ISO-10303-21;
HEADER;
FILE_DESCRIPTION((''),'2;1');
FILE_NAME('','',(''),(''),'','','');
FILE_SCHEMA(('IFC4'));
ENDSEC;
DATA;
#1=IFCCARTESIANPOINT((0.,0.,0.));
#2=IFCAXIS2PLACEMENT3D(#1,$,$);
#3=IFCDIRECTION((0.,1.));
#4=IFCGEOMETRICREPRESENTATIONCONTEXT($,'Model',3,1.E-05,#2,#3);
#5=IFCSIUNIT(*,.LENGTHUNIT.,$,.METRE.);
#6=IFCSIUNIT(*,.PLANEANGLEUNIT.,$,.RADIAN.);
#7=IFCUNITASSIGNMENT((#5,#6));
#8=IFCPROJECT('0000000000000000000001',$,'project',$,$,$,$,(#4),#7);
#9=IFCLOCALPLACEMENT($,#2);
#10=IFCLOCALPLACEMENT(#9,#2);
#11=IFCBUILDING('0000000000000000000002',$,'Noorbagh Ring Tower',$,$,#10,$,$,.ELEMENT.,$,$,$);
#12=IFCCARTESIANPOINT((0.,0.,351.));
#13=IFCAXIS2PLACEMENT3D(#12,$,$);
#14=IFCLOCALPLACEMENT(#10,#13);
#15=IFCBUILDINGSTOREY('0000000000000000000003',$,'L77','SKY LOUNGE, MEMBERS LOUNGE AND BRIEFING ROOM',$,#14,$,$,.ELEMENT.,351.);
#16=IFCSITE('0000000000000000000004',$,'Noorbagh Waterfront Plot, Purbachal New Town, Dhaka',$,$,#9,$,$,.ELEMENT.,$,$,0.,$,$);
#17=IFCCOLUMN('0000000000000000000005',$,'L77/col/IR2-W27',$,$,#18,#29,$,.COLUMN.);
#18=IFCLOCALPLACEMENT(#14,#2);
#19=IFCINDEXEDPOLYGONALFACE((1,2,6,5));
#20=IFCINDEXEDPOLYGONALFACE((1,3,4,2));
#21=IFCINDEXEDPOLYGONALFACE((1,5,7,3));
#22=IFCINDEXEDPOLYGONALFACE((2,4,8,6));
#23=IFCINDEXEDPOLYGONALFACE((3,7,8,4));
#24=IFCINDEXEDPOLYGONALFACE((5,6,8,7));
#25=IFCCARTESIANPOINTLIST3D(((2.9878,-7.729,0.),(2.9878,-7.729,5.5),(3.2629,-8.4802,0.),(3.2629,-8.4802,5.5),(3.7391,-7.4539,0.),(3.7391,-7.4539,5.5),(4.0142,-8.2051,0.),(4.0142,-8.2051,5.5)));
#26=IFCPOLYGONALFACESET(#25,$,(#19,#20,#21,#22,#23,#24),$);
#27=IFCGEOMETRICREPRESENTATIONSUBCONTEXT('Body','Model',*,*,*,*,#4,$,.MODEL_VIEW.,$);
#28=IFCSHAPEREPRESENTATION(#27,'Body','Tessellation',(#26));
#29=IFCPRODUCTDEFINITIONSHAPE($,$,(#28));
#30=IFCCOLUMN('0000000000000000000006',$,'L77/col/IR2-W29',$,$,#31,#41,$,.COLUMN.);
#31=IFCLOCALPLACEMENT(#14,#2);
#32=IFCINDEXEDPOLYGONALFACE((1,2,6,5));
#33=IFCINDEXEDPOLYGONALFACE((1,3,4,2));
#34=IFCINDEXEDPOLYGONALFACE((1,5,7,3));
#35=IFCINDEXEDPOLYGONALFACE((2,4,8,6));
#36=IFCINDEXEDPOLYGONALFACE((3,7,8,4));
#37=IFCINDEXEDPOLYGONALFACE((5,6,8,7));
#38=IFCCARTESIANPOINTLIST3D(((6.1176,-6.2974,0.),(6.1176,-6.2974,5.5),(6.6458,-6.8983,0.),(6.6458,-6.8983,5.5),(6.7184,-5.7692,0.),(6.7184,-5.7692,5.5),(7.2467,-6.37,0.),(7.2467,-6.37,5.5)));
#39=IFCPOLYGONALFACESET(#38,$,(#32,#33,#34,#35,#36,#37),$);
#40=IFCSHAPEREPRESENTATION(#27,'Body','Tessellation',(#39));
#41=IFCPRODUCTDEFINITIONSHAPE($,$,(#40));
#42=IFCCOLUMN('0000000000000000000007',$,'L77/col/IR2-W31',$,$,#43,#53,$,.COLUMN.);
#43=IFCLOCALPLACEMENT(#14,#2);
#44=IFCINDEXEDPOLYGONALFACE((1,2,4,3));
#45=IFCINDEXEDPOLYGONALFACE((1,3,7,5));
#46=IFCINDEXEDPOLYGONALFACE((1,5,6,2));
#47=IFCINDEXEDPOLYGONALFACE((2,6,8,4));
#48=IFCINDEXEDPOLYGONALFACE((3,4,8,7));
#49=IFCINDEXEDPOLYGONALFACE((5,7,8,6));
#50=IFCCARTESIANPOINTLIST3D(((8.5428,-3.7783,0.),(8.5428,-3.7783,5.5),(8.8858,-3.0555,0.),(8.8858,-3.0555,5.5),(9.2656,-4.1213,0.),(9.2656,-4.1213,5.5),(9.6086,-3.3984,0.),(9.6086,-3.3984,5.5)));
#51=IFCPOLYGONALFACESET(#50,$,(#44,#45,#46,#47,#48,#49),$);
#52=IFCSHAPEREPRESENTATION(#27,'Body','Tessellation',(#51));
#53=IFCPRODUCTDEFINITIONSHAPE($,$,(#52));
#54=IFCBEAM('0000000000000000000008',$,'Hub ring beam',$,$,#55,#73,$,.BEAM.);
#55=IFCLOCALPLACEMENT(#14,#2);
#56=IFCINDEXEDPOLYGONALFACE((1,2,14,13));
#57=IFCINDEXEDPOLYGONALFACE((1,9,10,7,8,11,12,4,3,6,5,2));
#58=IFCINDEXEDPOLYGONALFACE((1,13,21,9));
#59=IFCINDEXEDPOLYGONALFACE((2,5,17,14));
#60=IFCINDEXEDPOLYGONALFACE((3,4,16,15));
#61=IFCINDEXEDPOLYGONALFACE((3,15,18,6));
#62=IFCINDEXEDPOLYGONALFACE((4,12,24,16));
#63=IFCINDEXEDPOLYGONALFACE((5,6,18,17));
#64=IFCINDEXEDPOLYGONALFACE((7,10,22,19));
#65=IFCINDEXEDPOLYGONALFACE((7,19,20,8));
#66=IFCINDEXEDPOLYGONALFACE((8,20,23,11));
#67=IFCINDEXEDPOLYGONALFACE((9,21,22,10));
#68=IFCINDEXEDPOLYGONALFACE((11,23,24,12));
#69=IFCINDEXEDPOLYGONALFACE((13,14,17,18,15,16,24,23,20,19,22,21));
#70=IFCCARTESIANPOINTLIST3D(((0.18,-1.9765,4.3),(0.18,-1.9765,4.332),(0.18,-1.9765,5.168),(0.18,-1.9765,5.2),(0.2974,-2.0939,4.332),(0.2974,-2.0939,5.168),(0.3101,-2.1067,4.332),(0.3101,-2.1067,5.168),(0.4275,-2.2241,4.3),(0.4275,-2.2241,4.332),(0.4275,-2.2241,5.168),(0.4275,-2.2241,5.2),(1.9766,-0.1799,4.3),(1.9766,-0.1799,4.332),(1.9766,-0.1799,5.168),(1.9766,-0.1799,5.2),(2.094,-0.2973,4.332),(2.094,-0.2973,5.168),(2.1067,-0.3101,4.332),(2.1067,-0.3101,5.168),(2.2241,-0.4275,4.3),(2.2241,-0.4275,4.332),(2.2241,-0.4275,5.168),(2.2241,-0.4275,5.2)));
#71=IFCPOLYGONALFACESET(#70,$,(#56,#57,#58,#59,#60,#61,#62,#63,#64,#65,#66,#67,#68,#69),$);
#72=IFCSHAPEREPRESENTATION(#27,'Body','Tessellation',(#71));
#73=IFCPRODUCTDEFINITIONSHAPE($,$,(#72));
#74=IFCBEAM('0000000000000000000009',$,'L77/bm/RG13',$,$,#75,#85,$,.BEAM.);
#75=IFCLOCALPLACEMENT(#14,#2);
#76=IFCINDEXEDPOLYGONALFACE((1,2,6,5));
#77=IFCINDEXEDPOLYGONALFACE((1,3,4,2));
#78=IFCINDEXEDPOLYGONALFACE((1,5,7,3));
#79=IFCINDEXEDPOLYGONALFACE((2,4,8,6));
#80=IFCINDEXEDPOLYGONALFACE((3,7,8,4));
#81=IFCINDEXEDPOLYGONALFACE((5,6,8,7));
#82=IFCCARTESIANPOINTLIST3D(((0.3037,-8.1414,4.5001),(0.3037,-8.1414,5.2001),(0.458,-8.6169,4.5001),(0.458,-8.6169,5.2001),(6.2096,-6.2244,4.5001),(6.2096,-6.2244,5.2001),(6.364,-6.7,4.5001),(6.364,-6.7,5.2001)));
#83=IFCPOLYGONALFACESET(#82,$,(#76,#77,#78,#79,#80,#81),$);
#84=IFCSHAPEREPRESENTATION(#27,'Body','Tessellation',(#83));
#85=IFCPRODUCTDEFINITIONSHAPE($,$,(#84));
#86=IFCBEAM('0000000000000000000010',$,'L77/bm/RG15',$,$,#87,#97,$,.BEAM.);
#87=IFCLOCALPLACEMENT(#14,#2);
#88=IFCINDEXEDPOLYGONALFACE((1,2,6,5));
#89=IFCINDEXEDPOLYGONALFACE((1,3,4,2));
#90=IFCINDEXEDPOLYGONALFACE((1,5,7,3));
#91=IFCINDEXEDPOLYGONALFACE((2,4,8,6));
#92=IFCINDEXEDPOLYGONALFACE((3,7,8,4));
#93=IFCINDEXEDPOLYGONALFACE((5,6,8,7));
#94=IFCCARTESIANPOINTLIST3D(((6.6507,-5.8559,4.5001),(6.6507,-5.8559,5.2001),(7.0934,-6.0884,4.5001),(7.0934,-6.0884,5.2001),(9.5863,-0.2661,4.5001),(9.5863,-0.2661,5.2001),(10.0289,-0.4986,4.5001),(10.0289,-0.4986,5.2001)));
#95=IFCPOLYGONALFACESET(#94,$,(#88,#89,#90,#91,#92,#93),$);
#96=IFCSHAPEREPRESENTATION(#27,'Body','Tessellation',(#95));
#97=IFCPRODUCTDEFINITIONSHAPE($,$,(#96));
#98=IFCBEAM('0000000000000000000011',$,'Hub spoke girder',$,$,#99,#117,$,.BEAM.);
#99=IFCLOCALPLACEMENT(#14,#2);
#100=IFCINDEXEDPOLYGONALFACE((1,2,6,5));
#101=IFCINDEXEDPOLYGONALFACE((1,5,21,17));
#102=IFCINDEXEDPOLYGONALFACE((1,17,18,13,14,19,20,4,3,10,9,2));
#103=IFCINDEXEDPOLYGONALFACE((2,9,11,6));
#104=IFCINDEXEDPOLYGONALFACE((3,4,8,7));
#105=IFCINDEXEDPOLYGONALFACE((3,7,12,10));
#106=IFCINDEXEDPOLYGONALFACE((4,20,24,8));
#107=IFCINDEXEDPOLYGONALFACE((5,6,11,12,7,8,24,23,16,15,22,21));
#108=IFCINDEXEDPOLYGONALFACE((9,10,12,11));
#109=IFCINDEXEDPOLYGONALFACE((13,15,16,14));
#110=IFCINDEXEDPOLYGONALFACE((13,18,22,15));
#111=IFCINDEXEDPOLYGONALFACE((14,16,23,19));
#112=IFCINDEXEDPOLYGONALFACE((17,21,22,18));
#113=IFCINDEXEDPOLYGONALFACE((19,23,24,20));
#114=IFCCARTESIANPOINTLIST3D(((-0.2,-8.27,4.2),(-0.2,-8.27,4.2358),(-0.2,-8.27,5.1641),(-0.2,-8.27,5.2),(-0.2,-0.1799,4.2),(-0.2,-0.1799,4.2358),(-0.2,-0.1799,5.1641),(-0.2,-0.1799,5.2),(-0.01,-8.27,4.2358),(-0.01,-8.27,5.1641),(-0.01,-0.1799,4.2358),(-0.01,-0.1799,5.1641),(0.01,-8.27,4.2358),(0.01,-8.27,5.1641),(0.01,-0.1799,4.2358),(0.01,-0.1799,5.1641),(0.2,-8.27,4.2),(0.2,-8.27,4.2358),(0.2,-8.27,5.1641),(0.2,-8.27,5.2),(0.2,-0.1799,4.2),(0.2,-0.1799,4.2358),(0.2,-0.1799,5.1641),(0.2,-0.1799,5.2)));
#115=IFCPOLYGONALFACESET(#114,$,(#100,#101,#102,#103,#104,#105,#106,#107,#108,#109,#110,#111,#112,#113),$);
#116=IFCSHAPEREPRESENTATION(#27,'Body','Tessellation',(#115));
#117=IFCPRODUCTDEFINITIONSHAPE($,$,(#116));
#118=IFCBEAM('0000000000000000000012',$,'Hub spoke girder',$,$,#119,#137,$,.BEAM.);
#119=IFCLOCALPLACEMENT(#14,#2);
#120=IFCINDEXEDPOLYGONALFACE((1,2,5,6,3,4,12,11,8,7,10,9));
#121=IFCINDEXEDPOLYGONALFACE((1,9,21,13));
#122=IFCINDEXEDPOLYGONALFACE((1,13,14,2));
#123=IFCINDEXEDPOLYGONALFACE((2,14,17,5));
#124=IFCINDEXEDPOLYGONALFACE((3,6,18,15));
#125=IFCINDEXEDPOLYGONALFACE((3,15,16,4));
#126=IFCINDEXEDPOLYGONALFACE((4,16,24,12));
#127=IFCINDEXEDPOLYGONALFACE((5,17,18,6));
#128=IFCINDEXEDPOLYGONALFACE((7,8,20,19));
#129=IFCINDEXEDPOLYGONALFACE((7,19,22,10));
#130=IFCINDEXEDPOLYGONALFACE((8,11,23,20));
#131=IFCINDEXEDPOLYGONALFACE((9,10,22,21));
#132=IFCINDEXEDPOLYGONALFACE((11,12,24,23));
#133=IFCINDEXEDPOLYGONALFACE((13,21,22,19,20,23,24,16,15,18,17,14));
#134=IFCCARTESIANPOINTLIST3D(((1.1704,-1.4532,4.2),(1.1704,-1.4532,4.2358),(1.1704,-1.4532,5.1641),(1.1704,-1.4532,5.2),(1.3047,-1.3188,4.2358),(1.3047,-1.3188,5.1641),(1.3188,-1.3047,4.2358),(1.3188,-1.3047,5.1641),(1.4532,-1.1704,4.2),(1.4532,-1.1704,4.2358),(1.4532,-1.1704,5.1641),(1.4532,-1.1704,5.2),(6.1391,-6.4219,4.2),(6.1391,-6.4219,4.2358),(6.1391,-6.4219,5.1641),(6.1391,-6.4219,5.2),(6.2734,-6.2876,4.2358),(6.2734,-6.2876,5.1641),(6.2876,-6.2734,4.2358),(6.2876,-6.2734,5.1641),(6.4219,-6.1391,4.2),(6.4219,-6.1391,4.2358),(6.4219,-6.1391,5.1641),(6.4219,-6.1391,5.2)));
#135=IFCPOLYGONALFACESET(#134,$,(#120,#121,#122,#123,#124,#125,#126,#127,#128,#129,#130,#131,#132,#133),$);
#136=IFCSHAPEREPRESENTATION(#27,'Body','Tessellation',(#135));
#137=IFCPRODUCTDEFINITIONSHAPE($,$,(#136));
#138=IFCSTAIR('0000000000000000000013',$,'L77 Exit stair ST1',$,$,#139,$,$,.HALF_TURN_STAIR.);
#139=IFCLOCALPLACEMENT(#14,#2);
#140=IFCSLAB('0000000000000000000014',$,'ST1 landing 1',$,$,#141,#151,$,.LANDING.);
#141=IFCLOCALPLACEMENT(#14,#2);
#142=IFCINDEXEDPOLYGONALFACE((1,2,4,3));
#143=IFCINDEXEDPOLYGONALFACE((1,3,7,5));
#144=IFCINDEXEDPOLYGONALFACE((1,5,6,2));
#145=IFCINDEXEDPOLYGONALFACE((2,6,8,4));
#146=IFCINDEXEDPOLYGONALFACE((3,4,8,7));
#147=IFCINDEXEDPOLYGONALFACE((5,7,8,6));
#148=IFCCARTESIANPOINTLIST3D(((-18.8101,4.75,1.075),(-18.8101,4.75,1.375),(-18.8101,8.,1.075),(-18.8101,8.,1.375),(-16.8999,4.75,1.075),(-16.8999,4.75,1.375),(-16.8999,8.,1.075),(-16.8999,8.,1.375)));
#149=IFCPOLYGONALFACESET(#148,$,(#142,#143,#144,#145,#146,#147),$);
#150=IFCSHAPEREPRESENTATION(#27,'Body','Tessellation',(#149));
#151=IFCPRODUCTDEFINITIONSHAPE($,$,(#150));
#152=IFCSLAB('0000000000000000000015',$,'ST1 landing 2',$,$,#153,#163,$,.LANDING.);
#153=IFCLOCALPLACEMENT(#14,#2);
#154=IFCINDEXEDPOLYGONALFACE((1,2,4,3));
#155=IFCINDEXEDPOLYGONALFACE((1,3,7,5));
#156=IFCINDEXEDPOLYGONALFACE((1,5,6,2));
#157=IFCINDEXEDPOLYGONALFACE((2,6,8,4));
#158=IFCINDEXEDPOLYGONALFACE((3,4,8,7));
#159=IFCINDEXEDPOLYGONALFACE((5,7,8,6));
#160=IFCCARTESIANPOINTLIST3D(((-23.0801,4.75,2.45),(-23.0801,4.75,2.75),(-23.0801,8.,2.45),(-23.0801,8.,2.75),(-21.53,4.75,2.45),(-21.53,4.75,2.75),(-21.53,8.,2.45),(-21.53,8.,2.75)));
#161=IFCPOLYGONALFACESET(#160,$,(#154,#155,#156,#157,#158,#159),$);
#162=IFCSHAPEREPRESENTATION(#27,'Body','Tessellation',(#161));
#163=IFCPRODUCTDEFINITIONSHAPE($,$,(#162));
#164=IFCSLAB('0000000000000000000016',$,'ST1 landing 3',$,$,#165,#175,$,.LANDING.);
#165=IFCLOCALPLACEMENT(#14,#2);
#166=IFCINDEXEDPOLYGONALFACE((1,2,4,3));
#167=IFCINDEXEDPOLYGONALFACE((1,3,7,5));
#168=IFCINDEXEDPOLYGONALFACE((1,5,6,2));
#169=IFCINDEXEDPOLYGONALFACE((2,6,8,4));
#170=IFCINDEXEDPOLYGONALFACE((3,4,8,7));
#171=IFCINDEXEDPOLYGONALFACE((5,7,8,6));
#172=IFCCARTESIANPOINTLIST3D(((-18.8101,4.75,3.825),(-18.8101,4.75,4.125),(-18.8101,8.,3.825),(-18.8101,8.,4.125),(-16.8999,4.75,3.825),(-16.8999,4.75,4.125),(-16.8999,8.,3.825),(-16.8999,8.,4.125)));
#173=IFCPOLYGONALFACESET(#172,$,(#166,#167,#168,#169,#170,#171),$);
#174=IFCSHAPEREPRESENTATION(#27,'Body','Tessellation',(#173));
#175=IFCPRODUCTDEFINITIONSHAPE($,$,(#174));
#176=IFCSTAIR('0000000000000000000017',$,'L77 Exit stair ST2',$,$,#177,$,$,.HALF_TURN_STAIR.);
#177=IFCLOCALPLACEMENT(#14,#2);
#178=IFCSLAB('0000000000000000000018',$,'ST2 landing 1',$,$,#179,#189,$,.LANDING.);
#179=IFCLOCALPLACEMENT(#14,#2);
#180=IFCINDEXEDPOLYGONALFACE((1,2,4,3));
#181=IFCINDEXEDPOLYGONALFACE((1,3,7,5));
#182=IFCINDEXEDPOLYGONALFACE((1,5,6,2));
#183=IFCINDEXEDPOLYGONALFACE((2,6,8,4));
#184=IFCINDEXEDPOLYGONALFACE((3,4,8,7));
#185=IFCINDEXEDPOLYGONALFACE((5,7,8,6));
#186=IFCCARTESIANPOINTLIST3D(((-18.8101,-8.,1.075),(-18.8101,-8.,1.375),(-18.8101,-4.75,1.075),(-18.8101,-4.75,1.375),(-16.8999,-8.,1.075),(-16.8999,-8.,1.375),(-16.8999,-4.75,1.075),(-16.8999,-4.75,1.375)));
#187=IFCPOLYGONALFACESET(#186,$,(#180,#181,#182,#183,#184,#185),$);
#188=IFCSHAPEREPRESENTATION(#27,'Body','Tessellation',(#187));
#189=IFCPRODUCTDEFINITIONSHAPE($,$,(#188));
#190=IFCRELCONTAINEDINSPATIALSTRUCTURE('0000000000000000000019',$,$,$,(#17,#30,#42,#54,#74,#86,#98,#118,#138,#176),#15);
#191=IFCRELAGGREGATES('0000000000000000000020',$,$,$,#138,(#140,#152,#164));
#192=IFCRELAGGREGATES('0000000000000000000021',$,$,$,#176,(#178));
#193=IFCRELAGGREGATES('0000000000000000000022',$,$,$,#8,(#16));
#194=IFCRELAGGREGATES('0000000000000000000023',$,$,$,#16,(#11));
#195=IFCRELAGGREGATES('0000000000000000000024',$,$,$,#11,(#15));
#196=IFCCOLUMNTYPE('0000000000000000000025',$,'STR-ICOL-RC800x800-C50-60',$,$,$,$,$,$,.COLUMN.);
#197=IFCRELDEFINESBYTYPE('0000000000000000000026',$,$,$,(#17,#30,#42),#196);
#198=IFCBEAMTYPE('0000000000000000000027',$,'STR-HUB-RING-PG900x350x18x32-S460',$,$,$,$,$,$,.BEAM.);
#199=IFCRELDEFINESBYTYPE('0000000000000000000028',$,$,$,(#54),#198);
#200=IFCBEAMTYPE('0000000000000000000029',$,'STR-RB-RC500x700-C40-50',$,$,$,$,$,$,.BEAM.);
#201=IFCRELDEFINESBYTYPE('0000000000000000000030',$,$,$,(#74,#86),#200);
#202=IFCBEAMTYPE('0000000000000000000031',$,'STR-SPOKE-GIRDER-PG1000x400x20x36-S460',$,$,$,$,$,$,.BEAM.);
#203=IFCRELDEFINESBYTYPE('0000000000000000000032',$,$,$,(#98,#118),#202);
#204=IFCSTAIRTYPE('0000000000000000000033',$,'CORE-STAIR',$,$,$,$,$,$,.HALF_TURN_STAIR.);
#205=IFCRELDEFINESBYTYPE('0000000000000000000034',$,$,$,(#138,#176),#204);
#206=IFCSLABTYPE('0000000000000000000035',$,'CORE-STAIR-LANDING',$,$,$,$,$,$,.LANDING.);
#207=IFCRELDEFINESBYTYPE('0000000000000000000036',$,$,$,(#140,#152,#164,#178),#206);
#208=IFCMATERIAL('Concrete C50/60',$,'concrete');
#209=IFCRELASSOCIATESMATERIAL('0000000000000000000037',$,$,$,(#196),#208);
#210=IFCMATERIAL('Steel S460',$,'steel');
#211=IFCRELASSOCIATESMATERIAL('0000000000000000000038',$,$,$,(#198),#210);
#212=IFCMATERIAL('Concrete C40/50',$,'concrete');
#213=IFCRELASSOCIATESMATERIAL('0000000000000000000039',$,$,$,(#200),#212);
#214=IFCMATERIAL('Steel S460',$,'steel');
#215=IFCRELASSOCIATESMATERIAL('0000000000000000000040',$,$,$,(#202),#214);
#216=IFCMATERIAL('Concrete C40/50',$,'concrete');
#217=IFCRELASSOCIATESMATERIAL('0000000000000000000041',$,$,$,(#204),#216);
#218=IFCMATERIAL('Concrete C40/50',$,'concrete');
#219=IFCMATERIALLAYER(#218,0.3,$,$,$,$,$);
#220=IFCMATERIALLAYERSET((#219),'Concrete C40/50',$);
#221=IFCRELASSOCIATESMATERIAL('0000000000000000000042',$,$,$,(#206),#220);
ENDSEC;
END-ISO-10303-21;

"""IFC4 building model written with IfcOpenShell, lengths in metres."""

from ifc_helpers import new_model, si_unit, direction, frame, origin, origin_2d, place, context, subcontext, project, spatial, polyline, rectangle, i_section, outline, extrude, material, layer, layer_set, material_profile, profile_set, type_object, element, aggregate, save


model = new_model("IFC4")

# Units and contexts
model_context = context("Model", 3, precision=1e-05, world=origin(), true_north=direction((0.0, 1.0)))
body_context = subcontext(model_context, "Body", "Model", "MODEL_VIEW")
ifc_project = project(units=[si_unit("LENGTHUNIT", "METRE"), si_unit("PLANEANGLEUNIT", "RADIAN")], contexts=[model_context])

# Site, building, storey
site_placement = place(None, origin())
site = spatial("IfcSite", under=ifc_project, at=site_placement, Name="Noorbagh Waterfront Plot, Purbachal New Town, Dhaka", CompositionType="ELEMENT", RefElevation=0.0)
building_placement = place(site_placement, origin())
building = spatial("IfcBuilding", under=site, at=building_placement, Name="Noorbagh Ring Tower", CompositionType="ELEMENT")
storey_placement = place(building_placement, frame((0.0, 0.0, 351.0)))
storey = spatial("IfcBuildingStorey", under=building, at=storey_placement, Name="L77", Description="SKY LOUNGE, MEMBERS LOUNGE AND BRIEFING ROOM", CompositionType="ELEMENT", Elevation=351.0)

# Columns
ifc_material_1 = material(Name="Concrete C50/60", Category="concrete")
ifc_material_profile_1 = material_profile(ifc_material_1, rectangle(XDim=0.8, YDim=0.8, at=origin_2d()), Name="RC800x800")
ifc_profile_set_1 = profile_set([ifc_material_profile_1], Name="Concrete C50/60")
column_type = type_object("IfcColumnType", Name="STR-ICOL-RC800x800-C50-60", PredefinedType="COLUMN", material=ifc_profile_set_1)
for number, where, z_axis, x_axis, name in (
    (1, (3.501, -7.967, 0.0), (0.0, 0.0, 1.0), (0.93902, 0.343864, 0.0), "L77/col/IR2-W27"),
    (2, (6.6821, -6.3337, 0.0), (0.0, 0.0, 1.0), (0.751022, 0.660277, 0.0), "L77/col/IR2-W29"),
    (3, (9.0757, -3.5884, 0.0), (0.0, 0.0, 1.0), (0.428667, 0.903463, 0.0), "L77/col/IR2-W31"),
):
    element("IfcColumn", number, at=place(storey_placement, frame(where, z_axis=z_axis, x_axis=x_axis)), inside=storey, type_object=column_type, Name=name, PredefinedType="COLUMN", context=body_context, shape_type="SweptSolid", body=[
        extrude(rectangle(XDim=0.8, YDim=0.8, at=origin_2d()), origin(), (0.0, 0.0, 1.0), 5.5),
    ])

# Beams
ifc_material_2 = material(Name="Steel S460", Category="steel")
ifc_material_profile_2 = material_profile(ifc_material_2, i_section(OverallWidth=0.3501, OverallDepth=0.8999, WebThickness=0.0181, FlangeThickness=0.032, at=origin_2d()), Name="PG900x350x18x32")
ifc_profile_set_2 = profile_set([ifc_material_profile_2], Name="Steel S460")
beam_type_1 = type_object("IfcBeamType", Name="STR-HUB-RING-PG900x350x18x32-S460", PredefinedType="BEAM", material=ifc_profile_set_2)
beam_1_placement = place(storey_placement, frame((2.1003, -0.3037, 4.75), z_axis=(-0.707107, -0.707107, 0.0), x_axis=(0.707107, -0.707107, 0.0)))
element("IfcBeam", 4, at=beam_1_placement, inside=storey, type_object=beam_type_1, Name="Hub ring beam", PredefinedType="BEAM", context=body_context, shape_type="SweptSolid", body=[
    extrude(i_section(OverallWidth=0.3501, OverallDepth=0.8999, WebThickness=0.0181, FlangeThickness=0.032, at=origin_2d()), origin(), (0.0, 0.0, 1.0), 2.5408),
])
ifc_material_3 = material(Name="Concrete C40/50", Category="concrete")
ifc_material_profile_3 = material_profile(ifc_material_3, rectangle(XDim=0.5, YDim=0.7, at=origin_2d()), Name="RC500x700")
ifc_profile_set_3 = profile_set([ifc_material_profile_3], Name="Concrete C40/50")
beam_type_2 = type_object("IfcBeamType", Name="STR-RB-RC500x700-C40-50", PredefinedType="BEAM", material=ifc_profile_set_3)
beam_2_placement = place(storey_placement, frame((0.3809, -8.3792, 4.8501), z_axis=(0.95115, 0.308728, 0.0), x_axis=(-0.308728, 0.95115, 0.0)))
element("IfcBeam", 5, at=beam_2_placement, inside=storey, type_object=beam_type_2, Name="L77/bm/RG13", PredefinedType="BEAM", context=body_context, shape_type="SweptSolid", body=[
    extrude(rectangle(XDim=0.5, YDim=0.7, at=origin_2d()), origin(), (0.0, 0.0, 1.0), 6.2092),
])
beam_3_placement = place(storey_placement, frame((6.8721, -5.9722, 4.8501), z_axis=(0.464943, 0.885341, 0.0), x_axis=(-0.885341, 0.464943, 0.0)))
element("IfcBeam", 6, at=beam_3_placement, inside=storey, type_object=beam_type_2, Name="L77/bm/RG15", PredefinedType="BEAM", context=body_context, shape_type="SweptSolid", body=[
    extrude(rectangle(XDim=0.5, YDim=0.7, at=origin_2d()), origin(), (0.0, 0.0, 1.0), 6.3137),
])
ifc_material_4 = material(Name="Steel S460", Category="steel")
ifc_material_profile_4 = material_profile(ifc_material_4, i_section(OverallWidth=0.3999, OverallDepth=1.0, WebThickness=0.02, FlangeThickness=0.0359, at=origin_2d()), Name="PG1000x400x20x36")
ifc_profile_set_4 = profile_set([ifc_material_profile_4], Name="Steel S460")
beam_type_3 = type_object("IfcBeamType", Name="STR-SPOKE-GIRDER-PG1000x400x20x36-S460", PredefinedType="BEAM", material=ifc_profile_set_4)
beam_4_placement = place(storey_placement, frame((0.0, -0.1799, 4.7), z_axis=(0.0, -1.0, 0.0), x_axis=(1.0, 0.0, 0.0)))
element("IfcBeam", 7, at=beam_4_placement, inside=storey, type_object=beam_type_3, Name="Hub spoke girder", PredefinedType="BEAM", context=body_context, shape_type="SweptSolid", body=[
    extrude(i_section(OverallWidth=0.3999, OverallDepth=1.0, WebThickness=0.02, FlangeThickness=0.0359, at=origin_2d()), origin(), (0.0, 0.0, 1.0), 8.0901),
])
beam_5_placement = place(storey_placement, frame((1.3118, -1.3118, 4.7), z_axis=(0.707107, -0.707107, 0.0), x_axis=(0.707107, 0.707107, 0.0)))
element("IfcBeam", 8, at=beam_5_placement, inside=storey, type_object=beam_type_3, Name="Hub spoke girder", PredefinedType="BEAM", context=body_context, shape_type="SweptSolid", body=[
    extrude(i_section(OverallWidth=0.3999, OverallDepth=1.0, WebThickness=0.02, FlangeThickness=0.0359, at=origin_2d()), origin(), (0.0, 0.0, 1.0), 7.0269),
])

# Stairs, slabs
ifc_material_5 = material(Name="Concrete C40/50", Category="concrete")
stair_type = type_object("IfcStairType", Name="CORE-STAIR", PredefinedType="HALF_TURN_STAIR", material=ifc_material_5)
stair_1_placement = place(storey_placement, origin())
stair_1 = element("IfcStair", 9, at=stair_1_placement, inside=storey, type_object=stair_type, Name="L77 Exit stair ST1", PredefinedType="HALF_TURN_STAIR")
ifc_material_6 = material(Name="Concrete C40/50", Category="concrete")
ifc_layer_1 = layer(ifc_material_6, 0.3)
ifc_layer_set_1 = layer_set([ifc_layer_1], Name="Concrete C40/50")
slab_type = type_object("IfcSlabType", Name="CORE-STAIR-LANDING", PredefinedType="LANDING", material=ifc_layer_set_1)
slab_1_placement = place(storey_placement, frame((0.0, 0.0, 1.075)))
slab_1 = element("IfcSlab", 10, at=slab_1_placement, type_object=slab_type, Name="ST1 landing 1", PredefinedType="LANDING", context=body_context, shape_type="SweptSolid", body=[
    extrude(outline(polyline([(-18.8101, 4.75), (-16.8999, 4.75), (-16.8999, 8.0), (-18.8101, 8.0), (-18.8101, 4.75)])), origin(), (0.0, 0.0, 1.0), 0.3),
])
slab_2_placement = place(storey_placement, frame((0.0, 0.0, 2.45)))
slab_2 = element("IfcSlab", 11, at=slab_2_placement, type_object=slab_type, Name="ST1 landing 2", PredefinedType="LANDING", context=body_context, shape_type="SweptSolid", body=[
    extrude(outline(polyline([(-23.0801, 4.75), (-21.53, 4.75), (-21.53, 8.0), (-23.0801, 8.0), (-23.0801, 4.75)])), origin(), (0.0, 0.0, 1.0), 0.3),
])
slab_3_placement = place(storey_placement, frame((0.0, 0.0, 3.825)))
slab_3 = element("IfcSlab", 12, at=slab_3_placement, type_object=slab_type, Name="ST1 landing 3", PredefinedType="LANDING", context=body_context, shape_type="SweptSolid", body=[
    extrude(outline(polyline([(-18.8101, 4.75), (-16.8999, 4.75), (-16.8999, 8.0), (-18.8101, 8.0), (-18.8101, 4.75)])), origin(), (0.0, 0.0, 1.0), 0.3),
])
aggregate(stair_1, [slab_1, slab_2, slab_3])
stair_2_placement = place(storey_placement, origin())
stair_2 = element("IfcStair", 13, at=stair_2_placement, inside=storey, type_object=stair_type, Name="L77 Exit stair ST2", PredefinedType="HALF_TURN_STAIR")
slab_4_placement = place(storey_placement, frame((0.0, 0.0, 1.075)))
slab_4 = element("IfcSlab", 14, at=slab_4_placement, type_object=slab_type, Name="ST2 landing 1", PredefinedType="LANDING", context=body_context, shape_type="SweptSolid", body=[
    extrude(outline(polyline([(-18.8101, -8.0), (-16.8999, -8.0), (-16.8999, -4.75), (-18.8101, -4.75), (-18.8101, -8.0)])), origin(), (0.0, 0.0, 1.0), 0.3),
])
aggregate(stair_2, [slab_4])

save(model, "model.ifc")
